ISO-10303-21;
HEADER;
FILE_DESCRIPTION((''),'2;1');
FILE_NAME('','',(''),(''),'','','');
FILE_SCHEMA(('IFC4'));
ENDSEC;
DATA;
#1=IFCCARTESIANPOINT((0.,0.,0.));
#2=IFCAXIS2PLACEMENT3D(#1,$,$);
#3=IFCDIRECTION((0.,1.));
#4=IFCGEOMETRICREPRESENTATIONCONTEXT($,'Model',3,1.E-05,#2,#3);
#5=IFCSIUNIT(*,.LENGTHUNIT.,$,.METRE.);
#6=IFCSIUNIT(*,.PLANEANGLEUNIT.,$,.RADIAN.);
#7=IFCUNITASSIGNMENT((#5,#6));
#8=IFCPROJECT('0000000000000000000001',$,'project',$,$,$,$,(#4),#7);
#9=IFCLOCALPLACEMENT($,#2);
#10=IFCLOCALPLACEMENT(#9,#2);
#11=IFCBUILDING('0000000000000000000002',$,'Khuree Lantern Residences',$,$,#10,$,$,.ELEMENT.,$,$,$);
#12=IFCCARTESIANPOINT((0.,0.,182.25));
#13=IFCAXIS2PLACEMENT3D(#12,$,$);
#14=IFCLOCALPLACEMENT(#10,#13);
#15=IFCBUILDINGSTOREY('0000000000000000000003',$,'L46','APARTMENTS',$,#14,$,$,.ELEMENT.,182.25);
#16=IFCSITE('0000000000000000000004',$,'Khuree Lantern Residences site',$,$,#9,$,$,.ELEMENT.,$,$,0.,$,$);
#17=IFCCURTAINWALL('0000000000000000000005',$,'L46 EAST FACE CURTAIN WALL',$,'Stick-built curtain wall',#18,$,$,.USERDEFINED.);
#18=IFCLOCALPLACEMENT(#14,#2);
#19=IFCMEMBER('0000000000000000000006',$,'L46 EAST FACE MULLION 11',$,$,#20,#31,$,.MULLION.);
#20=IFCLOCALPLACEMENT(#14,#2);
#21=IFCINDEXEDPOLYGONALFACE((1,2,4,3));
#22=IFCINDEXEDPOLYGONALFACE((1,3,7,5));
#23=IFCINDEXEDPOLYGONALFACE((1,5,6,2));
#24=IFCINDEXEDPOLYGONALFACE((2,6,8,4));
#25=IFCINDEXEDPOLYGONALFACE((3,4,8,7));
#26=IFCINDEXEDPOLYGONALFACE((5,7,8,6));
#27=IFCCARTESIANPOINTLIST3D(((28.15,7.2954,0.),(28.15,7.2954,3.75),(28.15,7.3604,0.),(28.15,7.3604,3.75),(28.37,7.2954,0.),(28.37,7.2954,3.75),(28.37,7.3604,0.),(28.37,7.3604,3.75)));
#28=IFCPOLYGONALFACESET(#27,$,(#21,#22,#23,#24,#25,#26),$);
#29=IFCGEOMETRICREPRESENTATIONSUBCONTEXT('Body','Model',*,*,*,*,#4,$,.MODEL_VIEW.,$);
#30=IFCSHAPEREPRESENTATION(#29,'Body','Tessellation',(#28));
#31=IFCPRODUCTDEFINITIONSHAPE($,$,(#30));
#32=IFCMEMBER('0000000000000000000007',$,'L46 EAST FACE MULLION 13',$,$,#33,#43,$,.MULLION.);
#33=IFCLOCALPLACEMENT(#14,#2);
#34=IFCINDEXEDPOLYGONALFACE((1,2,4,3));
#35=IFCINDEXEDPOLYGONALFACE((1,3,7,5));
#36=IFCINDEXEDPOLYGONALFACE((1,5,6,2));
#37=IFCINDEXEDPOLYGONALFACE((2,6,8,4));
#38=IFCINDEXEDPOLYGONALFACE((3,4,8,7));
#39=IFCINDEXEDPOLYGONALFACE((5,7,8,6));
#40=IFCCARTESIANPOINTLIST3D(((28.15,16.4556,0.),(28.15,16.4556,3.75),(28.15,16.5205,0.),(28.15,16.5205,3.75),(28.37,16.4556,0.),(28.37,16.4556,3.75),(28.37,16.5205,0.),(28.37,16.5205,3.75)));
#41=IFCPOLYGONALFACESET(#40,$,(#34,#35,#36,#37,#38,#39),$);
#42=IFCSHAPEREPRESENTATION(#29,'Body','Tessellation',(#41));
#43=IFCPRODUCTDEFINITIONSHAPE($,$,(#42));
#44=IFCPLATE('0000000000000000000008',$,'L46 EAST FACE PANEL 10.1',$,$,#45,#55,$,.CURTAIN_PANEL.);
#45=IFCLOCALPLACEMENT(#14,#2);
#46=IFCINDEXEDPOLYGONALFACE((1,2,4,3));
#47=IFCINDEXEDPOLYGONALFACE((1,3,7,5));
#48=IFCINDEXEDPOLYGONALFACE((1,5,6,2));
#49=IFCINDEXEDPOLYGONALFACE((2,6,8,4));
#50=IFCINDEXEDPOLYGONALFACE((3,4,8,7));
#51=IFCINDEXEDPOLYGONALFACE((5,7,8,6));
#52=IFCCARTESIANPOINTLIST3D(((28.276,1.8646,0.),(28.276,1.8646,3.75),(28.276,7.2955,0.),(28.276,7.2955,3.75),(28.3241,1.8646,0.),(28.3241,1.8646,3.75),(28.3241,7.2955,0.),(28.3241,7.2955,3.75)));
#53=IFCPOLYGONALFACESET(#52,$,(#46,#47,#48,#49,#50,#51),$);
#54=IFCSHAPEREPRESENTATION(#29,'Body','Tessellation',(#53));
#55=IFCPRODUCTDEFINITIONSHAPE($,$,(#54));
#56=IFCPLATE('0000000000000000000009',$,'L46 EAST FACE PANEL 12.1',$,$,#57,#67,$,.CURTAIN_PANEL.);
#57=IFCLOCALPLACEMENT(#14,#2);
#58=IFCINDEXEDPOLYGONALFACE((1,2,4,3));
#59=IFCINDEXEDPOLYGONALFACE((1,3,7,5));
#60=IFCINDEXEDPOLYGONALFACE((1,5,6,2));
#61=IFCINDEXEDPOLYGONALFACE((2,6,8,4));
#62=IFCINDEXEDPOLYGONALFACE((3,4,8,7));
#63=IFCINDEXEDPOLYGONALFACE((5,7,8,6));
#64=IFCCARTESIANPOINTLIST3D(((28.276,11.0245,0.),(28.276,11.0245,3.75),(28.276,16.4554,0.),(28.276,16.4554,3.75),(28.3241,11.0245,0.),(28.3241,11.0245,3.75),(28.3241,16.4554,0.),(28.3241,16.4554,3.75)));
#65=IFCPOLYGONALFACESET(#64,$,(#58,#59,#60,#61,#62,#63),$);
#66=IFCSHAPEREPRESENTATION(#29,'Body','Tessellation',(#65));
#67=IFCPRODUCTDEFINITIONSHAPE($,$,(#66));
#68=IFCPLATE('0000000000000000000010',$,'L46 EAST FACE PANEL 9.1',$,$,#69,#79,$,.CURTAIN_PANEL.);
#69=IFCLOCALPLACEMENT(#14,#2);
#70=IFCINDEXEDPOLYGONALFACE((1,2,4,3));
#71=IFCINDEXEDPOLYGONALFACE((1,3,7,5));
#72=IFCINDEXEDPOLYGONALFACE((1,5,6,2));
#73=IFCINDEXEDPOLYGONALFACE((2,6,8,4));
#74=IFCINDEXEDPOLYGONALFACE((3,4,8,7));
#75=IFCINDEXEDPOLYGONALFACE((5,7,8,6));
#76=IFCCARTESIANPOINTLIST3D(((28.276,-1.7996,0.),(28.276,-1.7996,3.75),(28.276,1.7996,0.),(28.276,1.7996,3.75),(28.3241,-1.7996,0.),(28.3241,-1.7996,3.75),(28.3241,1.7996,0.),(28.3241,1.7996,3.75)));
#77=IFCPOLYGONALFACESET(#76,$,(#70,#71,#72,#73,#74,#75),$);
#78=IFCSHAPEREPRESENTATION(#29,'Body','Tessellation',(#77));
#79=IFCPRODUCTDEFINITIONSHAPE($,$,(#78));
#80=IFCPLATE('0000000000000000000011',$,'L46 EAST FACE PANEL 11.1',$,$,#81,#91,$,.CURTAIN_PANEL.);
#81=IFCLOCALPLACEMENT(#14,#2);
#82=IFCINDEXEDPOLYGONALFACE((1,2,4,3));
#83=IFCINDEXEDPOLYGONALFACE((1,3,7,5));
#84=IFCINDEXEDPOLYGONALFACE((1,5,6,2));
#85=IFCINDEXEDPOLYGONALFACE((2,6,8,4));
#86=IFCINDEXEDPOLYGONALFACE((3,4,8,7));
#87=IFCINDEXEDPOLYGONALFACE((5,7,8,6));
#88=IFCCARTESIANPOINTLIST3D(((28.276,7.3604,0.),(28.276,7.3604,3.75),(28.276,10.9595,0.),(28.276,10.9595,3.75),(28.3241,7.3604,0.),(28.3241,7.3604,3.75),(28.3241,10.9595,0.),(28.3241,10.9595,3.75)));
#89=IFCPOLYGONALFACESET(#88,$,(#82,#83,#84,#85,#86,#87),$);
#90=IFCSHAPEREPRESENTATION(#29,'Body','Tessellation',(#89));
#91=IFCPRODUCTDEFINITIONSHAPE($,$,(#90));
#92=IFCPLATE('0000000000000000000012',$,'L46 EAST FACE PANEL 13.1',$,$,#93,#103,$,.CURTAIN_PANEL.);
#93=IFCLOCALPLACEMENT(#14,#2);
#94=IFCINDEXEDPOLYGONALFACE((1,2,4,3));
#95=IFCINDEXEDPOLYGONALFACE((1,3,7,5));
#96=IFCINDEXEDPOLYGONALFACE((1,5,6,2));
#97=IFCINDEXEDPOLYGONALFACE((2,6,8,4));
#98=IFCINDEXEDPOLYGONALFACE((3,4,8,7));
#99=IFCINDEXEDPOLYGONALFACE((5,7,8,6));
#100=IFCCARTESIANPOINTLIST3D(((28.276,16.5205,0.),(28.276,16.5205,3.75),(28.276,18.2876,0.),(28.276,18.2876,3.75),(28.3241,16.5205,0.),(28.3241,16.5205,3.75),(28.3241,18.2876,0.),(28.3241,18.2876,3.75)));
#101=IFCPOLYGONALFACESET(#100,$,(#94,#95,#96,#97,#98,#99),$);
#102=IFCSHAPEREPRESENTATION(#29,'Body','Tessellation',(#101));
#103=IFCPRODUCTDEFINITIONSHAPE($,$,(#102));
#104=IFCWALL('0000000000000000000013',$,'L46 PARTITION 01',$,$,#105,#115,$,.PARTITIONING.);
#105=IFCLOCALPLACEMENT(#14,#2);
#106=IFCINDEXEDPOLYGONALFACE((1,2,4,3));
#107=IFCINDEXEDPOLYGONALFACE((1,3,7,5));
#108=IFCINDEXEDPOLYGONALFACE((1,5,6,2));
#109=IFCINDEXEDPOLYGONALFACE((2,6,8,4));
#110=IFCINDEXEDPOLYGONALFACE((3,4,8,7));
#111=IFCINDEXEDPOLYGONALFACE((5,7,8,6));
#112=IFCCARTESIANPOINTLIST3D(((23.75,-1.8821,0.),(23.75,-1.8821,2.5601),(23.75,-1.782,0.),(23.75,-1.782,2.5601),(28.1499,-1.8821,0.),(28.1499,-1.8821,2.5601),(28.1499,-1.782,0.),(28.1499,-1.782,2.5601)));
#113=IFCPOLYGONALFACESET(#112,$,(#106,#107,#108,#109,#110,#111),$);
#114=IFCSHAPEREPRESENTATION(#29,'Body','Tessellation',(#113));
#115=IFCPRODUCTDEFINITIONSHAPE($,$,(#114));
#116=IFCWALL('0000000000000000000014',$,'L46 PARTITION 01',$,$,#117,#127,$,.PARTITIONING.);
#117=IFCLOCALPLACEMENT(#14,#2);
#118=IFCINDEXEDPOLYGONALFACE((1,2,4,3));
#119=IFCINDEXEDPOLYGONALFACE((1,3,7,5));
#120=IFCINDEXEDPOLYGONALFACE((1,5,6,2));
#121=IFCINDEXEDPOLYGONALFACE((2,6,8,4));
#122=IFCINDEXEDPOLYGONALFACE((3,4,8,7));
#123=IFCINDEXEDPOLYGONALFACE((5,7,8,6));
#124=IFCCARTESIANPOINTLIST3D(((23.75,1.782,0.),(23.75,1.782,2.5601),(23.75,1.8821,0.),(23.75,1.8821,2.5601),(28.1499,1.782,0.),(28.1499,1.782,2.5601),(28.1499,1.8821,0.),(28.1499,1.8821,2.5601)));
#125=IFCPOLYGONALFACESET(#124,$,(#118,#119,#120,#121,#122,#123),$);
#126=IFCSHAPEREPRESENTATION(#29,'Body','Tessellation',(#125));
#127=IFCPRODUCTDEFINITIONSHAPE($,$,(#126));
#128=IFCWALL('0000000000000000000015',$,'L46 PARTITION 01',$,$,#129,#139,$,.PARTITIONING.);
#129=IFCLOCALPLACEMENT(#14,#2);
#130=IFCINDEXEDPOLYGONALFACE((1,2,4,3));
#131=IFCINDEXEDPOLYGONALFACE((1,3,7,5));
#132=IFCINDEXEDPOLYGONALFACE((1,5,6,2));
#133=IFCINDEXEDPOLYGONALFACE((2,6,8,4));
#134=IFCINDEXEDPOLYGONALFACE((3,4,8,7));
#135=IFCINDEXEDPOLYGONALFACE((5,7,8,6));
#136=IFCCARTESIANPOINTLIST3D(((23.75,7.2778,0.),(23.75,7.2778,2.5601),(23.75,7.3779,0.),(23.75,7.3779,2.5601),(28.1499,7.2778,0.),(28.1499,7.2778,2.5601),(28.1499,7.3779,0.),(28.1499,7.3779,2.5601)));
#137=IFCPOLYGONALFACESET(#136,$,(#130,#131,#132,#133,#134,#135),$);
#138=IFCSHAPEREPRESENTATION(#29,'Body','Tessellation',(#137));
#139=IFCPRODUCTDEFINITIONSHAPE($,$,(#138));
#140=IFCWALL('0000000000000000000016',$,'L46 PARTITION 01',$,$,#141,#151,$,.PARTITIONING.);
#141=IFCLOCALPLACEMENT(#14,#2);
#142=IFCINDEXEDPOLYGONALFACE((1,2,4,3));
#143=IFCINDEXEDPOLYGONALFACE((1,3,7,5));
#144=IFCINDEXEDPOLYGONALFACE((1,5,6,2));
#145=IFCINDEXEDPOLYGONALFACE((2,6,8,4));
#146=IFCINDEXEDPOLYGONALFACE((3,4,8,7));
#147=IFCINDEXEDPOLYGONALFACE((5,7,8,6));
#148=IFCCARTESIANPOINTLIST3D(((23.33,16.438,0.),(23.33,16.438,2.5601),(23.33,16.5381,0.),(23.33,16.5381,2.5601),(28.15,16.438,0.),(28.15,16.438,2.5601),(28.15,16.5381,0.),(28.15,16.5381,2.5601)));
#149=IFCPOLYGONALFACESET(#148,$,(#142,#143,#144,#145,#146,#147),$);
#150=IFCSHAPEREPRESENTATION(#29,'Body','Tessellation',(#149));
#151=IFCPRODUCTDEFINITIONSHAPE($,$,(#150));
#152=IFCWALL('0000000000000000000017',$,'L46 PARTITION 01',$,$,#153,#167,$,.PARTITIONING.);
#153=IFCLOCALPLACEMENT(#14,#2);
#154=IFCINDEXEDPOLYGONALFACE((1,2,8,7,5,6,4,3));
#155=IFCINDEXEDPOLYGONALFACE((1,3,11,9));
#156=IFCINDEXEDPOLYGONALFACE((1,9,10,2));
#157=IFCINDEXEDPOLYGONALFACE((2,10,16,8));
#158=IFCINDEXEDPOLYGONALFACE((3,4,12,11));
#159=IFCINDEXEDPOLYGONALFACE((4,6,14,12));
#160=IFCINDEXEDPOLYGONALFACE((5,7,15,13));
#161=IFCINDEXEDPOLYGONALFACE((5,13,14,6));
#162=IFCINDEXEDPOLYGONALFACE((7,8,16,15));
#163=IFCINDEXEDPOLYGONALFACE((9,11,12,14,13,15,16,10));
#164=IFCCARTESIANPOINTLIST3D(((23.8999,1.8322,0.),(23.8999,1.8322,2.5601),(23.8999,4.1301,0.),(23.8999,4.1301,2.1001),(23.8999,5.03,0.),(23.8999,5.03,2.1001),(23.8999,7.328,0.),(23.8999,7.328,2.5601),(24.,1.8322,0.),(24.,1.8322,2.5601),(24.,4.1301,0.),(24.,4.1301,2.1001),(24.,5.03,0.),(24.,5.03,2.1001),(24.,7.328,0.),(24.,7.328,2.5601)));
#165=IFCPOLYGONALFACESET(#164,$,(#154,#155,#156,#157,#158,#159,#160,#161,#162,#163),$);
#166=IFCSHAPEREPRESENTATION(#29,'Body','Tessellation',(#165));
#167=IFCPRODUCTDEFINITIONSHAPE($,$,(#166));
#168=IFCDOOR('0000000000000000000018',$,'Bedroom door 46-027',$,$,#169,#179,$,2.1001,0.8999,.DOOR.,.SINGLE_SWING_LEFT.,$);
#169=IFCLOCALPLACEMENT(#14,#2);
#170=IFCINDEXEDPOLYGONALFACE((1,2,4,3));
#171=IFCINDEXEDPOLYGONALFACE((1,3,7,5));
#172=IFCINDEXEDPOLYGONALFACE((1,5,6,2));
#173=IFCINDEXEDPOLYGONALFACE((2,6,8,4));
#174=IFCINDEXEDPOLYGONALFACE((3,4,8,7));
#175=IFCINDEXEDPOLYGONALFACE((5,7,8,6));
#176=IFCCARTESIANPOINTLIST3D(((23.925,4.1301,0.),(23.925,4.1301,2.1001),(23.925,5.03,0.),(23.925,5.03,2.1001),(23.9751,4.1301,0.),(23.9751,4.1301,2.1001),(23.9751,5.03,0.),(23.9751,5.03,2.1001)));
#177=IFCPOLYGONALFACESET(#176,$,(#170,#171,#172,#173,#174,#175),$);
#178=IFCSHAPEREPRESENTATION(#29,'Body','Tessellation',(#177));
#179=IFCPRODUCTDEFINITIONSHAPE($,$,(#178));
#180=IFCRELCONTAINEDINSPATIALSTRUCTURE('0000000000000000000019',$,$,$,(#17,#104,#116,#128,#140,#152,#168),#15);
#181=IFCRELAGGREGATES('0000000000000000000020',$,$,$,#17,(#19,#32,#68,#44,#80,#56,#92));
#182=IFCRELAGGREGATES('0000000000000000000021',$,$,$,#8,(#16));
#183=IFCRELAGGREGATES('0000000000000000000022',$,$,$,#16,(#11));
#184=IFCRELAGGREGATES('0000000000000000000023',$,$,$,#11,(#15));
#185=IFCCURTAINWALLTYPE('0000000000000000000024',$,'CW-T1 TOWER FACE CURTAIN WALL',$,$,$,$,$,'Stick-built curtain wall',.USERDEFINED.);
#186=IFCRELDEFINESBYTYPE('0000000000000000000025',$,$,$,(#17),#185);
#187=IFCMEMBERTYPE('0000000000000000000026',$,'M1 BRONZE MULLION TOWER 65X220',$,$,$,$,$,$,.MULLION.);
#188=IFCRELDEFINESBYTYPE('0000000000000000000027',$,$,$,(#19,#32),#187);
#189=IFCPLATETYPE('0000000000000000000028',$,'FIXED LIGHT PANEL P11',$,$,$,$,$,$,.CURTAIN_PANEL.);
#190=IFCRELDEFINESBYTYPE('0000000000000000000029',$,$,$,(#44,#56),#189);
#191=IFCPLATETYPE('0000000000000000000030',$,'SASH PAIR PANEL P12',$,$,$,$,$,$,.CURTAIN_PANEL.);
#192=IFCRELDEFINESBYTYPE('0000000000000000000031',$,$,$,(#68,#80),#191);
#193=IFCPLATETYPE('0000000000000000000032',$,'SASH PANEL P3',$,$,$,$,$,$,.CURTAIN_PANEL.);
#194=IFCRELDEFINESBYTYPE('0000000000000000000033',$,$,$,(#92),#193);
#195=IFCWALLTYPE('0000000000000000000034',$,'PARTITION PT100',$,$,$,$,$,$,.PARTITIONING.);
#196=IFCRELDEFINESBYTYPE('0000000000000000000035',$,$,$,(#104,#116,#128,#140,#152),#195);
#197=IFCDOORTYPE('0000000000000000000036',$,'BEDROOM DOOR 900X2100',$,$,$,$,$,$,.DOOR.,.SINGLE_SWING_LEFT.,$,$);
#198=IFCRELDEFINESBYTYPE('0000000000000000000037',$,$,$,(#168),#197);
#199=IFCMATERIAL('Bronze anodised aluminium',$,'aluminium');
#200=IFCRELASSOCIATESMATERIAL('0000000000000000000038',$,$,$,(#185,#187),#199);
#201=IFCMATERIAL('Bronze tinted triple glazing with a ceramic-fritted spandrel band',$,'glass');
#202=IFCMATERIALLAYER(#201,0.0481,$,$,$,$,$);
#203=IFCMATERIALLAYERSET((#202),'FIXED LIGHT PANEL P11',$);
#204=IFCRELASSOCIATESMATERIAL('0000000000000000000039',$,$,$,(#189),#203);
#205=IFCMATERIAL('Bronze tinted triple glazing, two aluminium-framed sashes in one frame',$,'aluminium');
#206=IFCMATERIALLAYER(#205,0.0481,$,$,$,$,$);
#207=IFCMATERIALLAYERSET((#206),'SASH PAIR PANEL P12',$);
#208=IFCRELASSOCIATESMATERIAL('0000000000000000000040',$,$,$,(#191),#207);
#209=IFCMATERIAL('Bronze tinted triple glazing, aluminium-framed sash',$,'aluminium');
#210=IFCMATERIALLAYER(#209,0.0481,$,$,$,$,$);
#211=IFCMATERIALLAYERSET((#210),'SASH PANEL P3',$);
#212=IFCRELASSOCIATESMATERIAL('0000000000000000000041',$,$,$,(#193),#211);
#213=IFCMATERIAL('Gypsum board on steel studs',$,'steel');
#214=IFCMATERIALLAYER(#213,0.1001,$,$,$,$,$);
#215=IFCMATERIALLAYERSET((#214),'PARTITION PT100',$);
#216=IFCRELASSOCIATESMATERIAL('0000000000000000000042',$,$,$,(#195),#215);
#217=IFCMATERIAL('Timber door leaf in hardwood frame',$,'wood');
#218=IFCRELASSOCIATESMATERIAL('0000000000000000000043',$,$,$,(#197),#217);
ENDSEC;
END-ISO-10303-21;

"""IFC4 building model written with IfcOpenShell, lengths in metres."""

from ifc_helpers import new_model, si_unit, direction, frame, frame_2d, origin, origin_2d, place, context, subcontext, project, spatial, rectangle, extrude, material, layer, layer_set, material_profile, profile_set, type_object, element, fill, aggregate, save


model = new_model("IFC4")

# Units and contexts
model_context = context("Model", 3, precision=1e-05, world=origin(), true_north=direction((0.0, 1.0)))
body_context = subcontext(model_context, "Body", "Model", "MODEL_VIEW")
ifc_project = project(units=[si_unit("LENGTHUNIT", "METRE"), si_unit("PLANEANGLEUNIT", "RADIAN")], contexts=[model_context])

# Site, building, storey
site_placement = place(None, origin())
site = spatial("IfcSite", under=ifc_project, at=site_placement, Name="Khuree Lantern Residences site", CompositionType="ELEMENT", RefElevation=0.0)
building_placement = place(site_placement, origin())
building = spatial("IfcBuilding", under=site, at=building_placement, Name="Khuree Lantern Residences", CompositionType="ELEMENT")
storey_placement = place(building_placement, frame((0.0, 0.0, 182.25)))
storey = spatial("IfcBuildingStorey", under=building, at=storey_placement, Name="L46", Description="APARTMENTS", CompositionType="ELEMENT", Elevation=182.25)

# Curtain wall
ifc_material_1 = material(Name="Bronze anodised aluminium", Category="aluminium")
curtain_wall_type = type_object("IfcCurtainWallType", Name="CW-T1 TOWER FACE CURTAIN WALL", ElementType="Stick-built curtain wall", PredefinedType="USERDEFINED", material=ifc_material_1)
curtain_wall_placement = place(storey_placement, origin())
curtain_wall = element("IfcCurtainWall", 1, at=curtain_wall_placement, inside=storey, type_object=curtain_wall_type, Name="L46 EAST FACE CURTAIN WALL", ObjectType="Stick-built curtain wall", PredefinedType="USERDEFINED")

# Members
ifc_material_profile_1 = material_profile(ifc_material_1, rectangle(XDim=0.0649, YDim=0.22, at=origin_2d()), Name="M1 65X220")
ifc_profile_set_1 = profile_set([ifc_material_profile_1], Name="Bronze anodised aluminium")
member_type_1 = type_object("IfcMemberType", Name="M1 BRONZE MULLION TOWER 65X220", PredefinedType="MULLION", material=ifc_profile_set_1)
member_1_placement = place(storey_placement, frame((28.26, 7.3279, 0.0), z_axis=(0.0, 0.0, 1.0), x_axis=(0.0, 1.0, 0.0)))
member_1 = element("IfcMember", 2, at=member_1_placement, type_object=member_type_1, Name="L46 EAST FACE MULLION 11", PredefinedType="MULLION", context=body_context, shape_type="SweptSolid", body=[
    extrude(rectangle(XDim=0.0649, YDim=0.22, at=origin_2d()), origin(), (0.0, 0.0, 1.0), 3.75),
])
member_2_placement = place(storey_placement, frame((28.26, 16.488, 0.0), z_axis=(0.0, 0.0, 1.0), x_axis=(0.0, 1.0, 0.0)))
member_2 = element("IfcMember", 3, at=member_2_placement, type_object=member_type_1, Name="L46 EAST FACE MULLION 13", PredefinedType="MULLION", context=body_context, shape_type="SweptSolid", body=[
    extrude(rectangle(XDim=0.0649, YDim=0.22, at=origin_2d()), origin(), (0.0, 0.0, 1.0), 3.75),
])

# Plates
ifc_material_2 = material(Name="Bronze tinted triple glazing with a ceramic-fritted spandrel band", Category="glass")
ifc_layer_1 = layer(ifc_material_2, 0.0481)
ifc_layer_set_1 = layer_set([ifc_layer_1], Name="FIXED LIGHT PANEL P11")
plate_type_1 = type_object("IfcPlateType", Name="FIXED LIGHT PANEL P11", PredefinedType="CURTAIN_PANEL", material=ifc_layer_set_1)
plate_1_placement = place(storey_placement, frame((28.3, 4.5801, 0.0), z_axis=(0.0, 0.0, 1.0), x_axis=(0.0, 1.0, 0.0)))
plate_1 = element("IfcPlate", 4, at=plate_1_placement, type_object=plate_type_1, Name="L46 EAST FACE PANEL 10.1", PredefinedType="CURTAIN_PANEL", context=body_context, shape_type="SweptSolid", body=[
    extrude(rectangle(XDim=5.4309, YDim=0.0481, at=origin_2d()), origin(), (0.0, 0.0, 1.0), 3.75),
])
plate_2_placement = place(storey_placement, frame((28.3, 13.74, 0.0), z_axis=(0.0, 0.0, 1.0), x_axis=(0.0, 1.0, 0.0)))
plate_2 = element("IfcPlate", 5, at=plate_2_placement, type_object=plate_type_1, Name="L46 EAST FACE PANEL 12.1", PredefinedType="CURTAIN_PANEL", context=body_context, shape_type="SweptSolid", body=[
    extrude(rectangle(XDim=5.4309, YDim=0.0481, at=origin_2d()), origin(), (0.0, 0.0, 1.0), 3.75),
])
ifc_material_3 = material(Name="Bronze tinted triple glazing, two aluminium-framed sashes in one frame", Category="aluminium")
ifc_layer_2 = layer(ifc_material_3, 0.0481)
ifc_layer_set_2 = layer_set([ifc_layer_2], Name="SASH PAIR PANEL P12")
plate_type_2 = type_object("IfcPlateType", Name="SASH PAIR PANEL P12", PredefinedType="CURTAIN_PANEL", material=ifc_layer_set_2)
plate_3_placement = place(storey_placement, frame((28.3, 0.0, 0.0), z_axis=(0.0, 0.0, 1.0), x_axis=(0.0, 1.0, 0.0)))
plate_3 = element("IfcPlate", 6, at=plate_3_placement, type_object=plate_type_2, Name="L46 EAST FACE PANEL 9.1", PredefinedType="CURTAIN_PANEL", context=body_context, shape_type="SweptSolid", body=[
    extrude(rectangle(XDim=3.5991, YDim=0.0481, at=origin_2d()), origin(), (0.0, 0.0, 1.0), 3.75),
])
plate_4_placement = place(storey_placement, frame((28.3, 9.1599, 0.0), z_axis=(0.0, 0.0, 1.0), x_axis=(0.0, 1.0, 0.0)))
plate_4 = element("IfcPlate", 7, at=plate_4_placement, type_object=plate_type_2, Name="L46 EAST FACE PANEL 11.1", PredefinedType="CURTAIN_PANEL", context=body_context, shape_type="SweptSolid", body=[
    extrude(rectangle(XDim=3.5991, YDim=0.0481, at=origin_2d()), origin(), (0.0, 0.0, 1.0), 3.75),
])
ifc_material_4 = material(Name="Bronze tinted triple glazing, aluminium-framed sash", Category="aluminium")
ifc_layer_3 = layer(ifc_material_4, 0.0481)
ifc_layer_set_3 = layer_set([ifc_layer_3], Name="SASH PANEL P3")
plate_type_3 = type_object("IfcPlateType", Name="SASH PANEL P3", PredefinedType="CURTAIN_PANEL", material=ifc_layer_set_3)
plate_5_placement = place(storey_placement, frame((28.3, 17.4041, 0.0), z_axis=(0.0, 0.0, 1.0), x_axis=(0.0, 1.0, 0.0)))
plate_5 = element("IfcPlate", 8, at=plate_5_placement, type_object=plate_type_3, Name="L46 EAST FACE PANEL 13.1", PredefinedType="CURTAIN_PANEL", context=body_context, shape_type="SweptSolid", body=[
    extrude(rectangle(XDim=1.7671, YDim=0.0481, at=origin_2d()), origin(), (0.0, 0.0, 1.0), 3.75),
])
aggregate(curtain_wall, [member_1, member_2, plate_3, plate_1, plate_4, plate_2, plate_5])

# Walls
ifc_material_5 = material(Name="Gypsum board on steel studs", Category="steel")
ifc_layer_4 = layer(ifc_material_5, 0.1001)
ifc_layer_set_4 = layer_set([ifc_layer_4], Name="PARTITION PT100")
wall_type = type_object("IfcWallType", Name="PARTITION PT100", PredefinedType="PARTITIONING", material=ifc_layer_set_4)
for number, where, z_axis, x_axis, name in (
    (9, (23.75, -1.832, 0.0), (0.0, 0.0, 1.0), (1.0, 0.0, 0.0), "L46 PARTITION 01"),
    (10, (23.75, 1.832, 0.0), (0.0, 0.0, 1.0), (1.0, 0.0, 0.0), "L46 PARTITION 01"),
    (11, (23.75, 7.3279, 0.0), (0.0, 0.0, 1.0), (1.0, 0.0, 0.0), "L46 PARTITION 01"),
):
    element("IfcWall", number, at=place(storey_placement, frame(where, z_axis=z_axis, x_axis=x_axis)), inside=storey, type_object=wall_type, Name=name, PredefinedType="PARTITIONING", context=body_context, shape_type="SweptSolid", body=[
        extrude(rectangle(XDim=4.3999, YDim=0.1001, at=frame_2d((2.2, 0.0))), origin(), (0.0, 0.0, 1.0), 2.5601),
    ])
wall_1_placement = place(storey_placement, frame((23.3298, 16.488, 0.0), z_axis=(0.0, 0.0, 1.0), x_axis=(1.0, 0.0, 0.0)))
element("IfcWall", 12, at=wall_1_placement, inside=storey, type_object=wall_type, Name="L46 PARTITION 01", PredefinedType="PARTITIONING", context=body_context, shape_type="SweptSolid", body=[
    extrude(rectangle(XDim=4.8201, YDim=0.1001, at=frame_2d((2.4102, 0.0))), origin(), (0.0, 0.0, 1.0), 2.5601),
])

# Wall, opening, door
wall_2_placement = place(storey_placement, frame((23.95, 1.832, 0.0), z_axis=(0.0, 0.0, 1.0), x_axis=(0.0, 1.0, 0.0)))
wall_2 = element("IfcWall", 13, at=wall_2_placement, inside=storey, type_object=wall_type, Name="L46 PARTITION 01", PredefinedType="PARTITIONING", context=body_context, shape_type="SweptSolid", body=[
    extrude(rectangle(XDim=5.4958, YDim=0.1001, at=frame_2d((2.748, 0.0))), origin(), (0.0, 0.0, 1.0), 2.5601),
])
opening_1_placement = place(wall_2_placement, frame((2.2981, 0.0, 0.0)))
opening_1 = element("IfcOpeningElement", 14, at=opening_1_placement, cuts=wall_2, PredefinedType="OPENING", context=body_context, shape_type="SweptSolid", body=[
    extrude(rectangle(XDim=0.8999, YDim=2.1001, at=frame_2d((0.45, 1.05))), frame((0.0, 0.0601, 0.0), z_axis=(0.0, -1.0, 0.0), x_axis=(1.0, 0.0, 0.0)), (0.0, 0.0, 1.0), 0.1201),
])
ifc_material_6 = material(Name="Timber door leaf in hardwood frame", Category="wood")
door_type_1 = type_object("IfcDoorType", Name="BEDROOM DOOR 900X2100", OperationType="SINGLE_SWING_LEFT", PredefinedType="DOOR", material=ifc_material_6)
door_1_placement = place(opening_1_placement, origin())
door_1 = element("IfcDoor", 15, at=door_1_placement, inside=storey, type_object=door_type_1, Name="Bedroom door 46-027", OperationType="SINGLE_SWING_LEFT", OverallHeight=2.1001, OverallWidth=0.8999, PredefinedType="DOOR", context=body_context, shape_type="SweptSolid", body=[
    extrude(rectangle(XDim=0.8999, YDim=2.1001, at=frame_2d((0.45, 1.05))), frame((0.0, 0.0249, 0.0), z_axis=(0.0, -1.0, 0.0), x_axis=(1.0, 0.0, 0.0)), (0.0, 0.0, 1.0), 0.05),
])
fill(opening_1, door_1)

save(model, "model.ifc")
